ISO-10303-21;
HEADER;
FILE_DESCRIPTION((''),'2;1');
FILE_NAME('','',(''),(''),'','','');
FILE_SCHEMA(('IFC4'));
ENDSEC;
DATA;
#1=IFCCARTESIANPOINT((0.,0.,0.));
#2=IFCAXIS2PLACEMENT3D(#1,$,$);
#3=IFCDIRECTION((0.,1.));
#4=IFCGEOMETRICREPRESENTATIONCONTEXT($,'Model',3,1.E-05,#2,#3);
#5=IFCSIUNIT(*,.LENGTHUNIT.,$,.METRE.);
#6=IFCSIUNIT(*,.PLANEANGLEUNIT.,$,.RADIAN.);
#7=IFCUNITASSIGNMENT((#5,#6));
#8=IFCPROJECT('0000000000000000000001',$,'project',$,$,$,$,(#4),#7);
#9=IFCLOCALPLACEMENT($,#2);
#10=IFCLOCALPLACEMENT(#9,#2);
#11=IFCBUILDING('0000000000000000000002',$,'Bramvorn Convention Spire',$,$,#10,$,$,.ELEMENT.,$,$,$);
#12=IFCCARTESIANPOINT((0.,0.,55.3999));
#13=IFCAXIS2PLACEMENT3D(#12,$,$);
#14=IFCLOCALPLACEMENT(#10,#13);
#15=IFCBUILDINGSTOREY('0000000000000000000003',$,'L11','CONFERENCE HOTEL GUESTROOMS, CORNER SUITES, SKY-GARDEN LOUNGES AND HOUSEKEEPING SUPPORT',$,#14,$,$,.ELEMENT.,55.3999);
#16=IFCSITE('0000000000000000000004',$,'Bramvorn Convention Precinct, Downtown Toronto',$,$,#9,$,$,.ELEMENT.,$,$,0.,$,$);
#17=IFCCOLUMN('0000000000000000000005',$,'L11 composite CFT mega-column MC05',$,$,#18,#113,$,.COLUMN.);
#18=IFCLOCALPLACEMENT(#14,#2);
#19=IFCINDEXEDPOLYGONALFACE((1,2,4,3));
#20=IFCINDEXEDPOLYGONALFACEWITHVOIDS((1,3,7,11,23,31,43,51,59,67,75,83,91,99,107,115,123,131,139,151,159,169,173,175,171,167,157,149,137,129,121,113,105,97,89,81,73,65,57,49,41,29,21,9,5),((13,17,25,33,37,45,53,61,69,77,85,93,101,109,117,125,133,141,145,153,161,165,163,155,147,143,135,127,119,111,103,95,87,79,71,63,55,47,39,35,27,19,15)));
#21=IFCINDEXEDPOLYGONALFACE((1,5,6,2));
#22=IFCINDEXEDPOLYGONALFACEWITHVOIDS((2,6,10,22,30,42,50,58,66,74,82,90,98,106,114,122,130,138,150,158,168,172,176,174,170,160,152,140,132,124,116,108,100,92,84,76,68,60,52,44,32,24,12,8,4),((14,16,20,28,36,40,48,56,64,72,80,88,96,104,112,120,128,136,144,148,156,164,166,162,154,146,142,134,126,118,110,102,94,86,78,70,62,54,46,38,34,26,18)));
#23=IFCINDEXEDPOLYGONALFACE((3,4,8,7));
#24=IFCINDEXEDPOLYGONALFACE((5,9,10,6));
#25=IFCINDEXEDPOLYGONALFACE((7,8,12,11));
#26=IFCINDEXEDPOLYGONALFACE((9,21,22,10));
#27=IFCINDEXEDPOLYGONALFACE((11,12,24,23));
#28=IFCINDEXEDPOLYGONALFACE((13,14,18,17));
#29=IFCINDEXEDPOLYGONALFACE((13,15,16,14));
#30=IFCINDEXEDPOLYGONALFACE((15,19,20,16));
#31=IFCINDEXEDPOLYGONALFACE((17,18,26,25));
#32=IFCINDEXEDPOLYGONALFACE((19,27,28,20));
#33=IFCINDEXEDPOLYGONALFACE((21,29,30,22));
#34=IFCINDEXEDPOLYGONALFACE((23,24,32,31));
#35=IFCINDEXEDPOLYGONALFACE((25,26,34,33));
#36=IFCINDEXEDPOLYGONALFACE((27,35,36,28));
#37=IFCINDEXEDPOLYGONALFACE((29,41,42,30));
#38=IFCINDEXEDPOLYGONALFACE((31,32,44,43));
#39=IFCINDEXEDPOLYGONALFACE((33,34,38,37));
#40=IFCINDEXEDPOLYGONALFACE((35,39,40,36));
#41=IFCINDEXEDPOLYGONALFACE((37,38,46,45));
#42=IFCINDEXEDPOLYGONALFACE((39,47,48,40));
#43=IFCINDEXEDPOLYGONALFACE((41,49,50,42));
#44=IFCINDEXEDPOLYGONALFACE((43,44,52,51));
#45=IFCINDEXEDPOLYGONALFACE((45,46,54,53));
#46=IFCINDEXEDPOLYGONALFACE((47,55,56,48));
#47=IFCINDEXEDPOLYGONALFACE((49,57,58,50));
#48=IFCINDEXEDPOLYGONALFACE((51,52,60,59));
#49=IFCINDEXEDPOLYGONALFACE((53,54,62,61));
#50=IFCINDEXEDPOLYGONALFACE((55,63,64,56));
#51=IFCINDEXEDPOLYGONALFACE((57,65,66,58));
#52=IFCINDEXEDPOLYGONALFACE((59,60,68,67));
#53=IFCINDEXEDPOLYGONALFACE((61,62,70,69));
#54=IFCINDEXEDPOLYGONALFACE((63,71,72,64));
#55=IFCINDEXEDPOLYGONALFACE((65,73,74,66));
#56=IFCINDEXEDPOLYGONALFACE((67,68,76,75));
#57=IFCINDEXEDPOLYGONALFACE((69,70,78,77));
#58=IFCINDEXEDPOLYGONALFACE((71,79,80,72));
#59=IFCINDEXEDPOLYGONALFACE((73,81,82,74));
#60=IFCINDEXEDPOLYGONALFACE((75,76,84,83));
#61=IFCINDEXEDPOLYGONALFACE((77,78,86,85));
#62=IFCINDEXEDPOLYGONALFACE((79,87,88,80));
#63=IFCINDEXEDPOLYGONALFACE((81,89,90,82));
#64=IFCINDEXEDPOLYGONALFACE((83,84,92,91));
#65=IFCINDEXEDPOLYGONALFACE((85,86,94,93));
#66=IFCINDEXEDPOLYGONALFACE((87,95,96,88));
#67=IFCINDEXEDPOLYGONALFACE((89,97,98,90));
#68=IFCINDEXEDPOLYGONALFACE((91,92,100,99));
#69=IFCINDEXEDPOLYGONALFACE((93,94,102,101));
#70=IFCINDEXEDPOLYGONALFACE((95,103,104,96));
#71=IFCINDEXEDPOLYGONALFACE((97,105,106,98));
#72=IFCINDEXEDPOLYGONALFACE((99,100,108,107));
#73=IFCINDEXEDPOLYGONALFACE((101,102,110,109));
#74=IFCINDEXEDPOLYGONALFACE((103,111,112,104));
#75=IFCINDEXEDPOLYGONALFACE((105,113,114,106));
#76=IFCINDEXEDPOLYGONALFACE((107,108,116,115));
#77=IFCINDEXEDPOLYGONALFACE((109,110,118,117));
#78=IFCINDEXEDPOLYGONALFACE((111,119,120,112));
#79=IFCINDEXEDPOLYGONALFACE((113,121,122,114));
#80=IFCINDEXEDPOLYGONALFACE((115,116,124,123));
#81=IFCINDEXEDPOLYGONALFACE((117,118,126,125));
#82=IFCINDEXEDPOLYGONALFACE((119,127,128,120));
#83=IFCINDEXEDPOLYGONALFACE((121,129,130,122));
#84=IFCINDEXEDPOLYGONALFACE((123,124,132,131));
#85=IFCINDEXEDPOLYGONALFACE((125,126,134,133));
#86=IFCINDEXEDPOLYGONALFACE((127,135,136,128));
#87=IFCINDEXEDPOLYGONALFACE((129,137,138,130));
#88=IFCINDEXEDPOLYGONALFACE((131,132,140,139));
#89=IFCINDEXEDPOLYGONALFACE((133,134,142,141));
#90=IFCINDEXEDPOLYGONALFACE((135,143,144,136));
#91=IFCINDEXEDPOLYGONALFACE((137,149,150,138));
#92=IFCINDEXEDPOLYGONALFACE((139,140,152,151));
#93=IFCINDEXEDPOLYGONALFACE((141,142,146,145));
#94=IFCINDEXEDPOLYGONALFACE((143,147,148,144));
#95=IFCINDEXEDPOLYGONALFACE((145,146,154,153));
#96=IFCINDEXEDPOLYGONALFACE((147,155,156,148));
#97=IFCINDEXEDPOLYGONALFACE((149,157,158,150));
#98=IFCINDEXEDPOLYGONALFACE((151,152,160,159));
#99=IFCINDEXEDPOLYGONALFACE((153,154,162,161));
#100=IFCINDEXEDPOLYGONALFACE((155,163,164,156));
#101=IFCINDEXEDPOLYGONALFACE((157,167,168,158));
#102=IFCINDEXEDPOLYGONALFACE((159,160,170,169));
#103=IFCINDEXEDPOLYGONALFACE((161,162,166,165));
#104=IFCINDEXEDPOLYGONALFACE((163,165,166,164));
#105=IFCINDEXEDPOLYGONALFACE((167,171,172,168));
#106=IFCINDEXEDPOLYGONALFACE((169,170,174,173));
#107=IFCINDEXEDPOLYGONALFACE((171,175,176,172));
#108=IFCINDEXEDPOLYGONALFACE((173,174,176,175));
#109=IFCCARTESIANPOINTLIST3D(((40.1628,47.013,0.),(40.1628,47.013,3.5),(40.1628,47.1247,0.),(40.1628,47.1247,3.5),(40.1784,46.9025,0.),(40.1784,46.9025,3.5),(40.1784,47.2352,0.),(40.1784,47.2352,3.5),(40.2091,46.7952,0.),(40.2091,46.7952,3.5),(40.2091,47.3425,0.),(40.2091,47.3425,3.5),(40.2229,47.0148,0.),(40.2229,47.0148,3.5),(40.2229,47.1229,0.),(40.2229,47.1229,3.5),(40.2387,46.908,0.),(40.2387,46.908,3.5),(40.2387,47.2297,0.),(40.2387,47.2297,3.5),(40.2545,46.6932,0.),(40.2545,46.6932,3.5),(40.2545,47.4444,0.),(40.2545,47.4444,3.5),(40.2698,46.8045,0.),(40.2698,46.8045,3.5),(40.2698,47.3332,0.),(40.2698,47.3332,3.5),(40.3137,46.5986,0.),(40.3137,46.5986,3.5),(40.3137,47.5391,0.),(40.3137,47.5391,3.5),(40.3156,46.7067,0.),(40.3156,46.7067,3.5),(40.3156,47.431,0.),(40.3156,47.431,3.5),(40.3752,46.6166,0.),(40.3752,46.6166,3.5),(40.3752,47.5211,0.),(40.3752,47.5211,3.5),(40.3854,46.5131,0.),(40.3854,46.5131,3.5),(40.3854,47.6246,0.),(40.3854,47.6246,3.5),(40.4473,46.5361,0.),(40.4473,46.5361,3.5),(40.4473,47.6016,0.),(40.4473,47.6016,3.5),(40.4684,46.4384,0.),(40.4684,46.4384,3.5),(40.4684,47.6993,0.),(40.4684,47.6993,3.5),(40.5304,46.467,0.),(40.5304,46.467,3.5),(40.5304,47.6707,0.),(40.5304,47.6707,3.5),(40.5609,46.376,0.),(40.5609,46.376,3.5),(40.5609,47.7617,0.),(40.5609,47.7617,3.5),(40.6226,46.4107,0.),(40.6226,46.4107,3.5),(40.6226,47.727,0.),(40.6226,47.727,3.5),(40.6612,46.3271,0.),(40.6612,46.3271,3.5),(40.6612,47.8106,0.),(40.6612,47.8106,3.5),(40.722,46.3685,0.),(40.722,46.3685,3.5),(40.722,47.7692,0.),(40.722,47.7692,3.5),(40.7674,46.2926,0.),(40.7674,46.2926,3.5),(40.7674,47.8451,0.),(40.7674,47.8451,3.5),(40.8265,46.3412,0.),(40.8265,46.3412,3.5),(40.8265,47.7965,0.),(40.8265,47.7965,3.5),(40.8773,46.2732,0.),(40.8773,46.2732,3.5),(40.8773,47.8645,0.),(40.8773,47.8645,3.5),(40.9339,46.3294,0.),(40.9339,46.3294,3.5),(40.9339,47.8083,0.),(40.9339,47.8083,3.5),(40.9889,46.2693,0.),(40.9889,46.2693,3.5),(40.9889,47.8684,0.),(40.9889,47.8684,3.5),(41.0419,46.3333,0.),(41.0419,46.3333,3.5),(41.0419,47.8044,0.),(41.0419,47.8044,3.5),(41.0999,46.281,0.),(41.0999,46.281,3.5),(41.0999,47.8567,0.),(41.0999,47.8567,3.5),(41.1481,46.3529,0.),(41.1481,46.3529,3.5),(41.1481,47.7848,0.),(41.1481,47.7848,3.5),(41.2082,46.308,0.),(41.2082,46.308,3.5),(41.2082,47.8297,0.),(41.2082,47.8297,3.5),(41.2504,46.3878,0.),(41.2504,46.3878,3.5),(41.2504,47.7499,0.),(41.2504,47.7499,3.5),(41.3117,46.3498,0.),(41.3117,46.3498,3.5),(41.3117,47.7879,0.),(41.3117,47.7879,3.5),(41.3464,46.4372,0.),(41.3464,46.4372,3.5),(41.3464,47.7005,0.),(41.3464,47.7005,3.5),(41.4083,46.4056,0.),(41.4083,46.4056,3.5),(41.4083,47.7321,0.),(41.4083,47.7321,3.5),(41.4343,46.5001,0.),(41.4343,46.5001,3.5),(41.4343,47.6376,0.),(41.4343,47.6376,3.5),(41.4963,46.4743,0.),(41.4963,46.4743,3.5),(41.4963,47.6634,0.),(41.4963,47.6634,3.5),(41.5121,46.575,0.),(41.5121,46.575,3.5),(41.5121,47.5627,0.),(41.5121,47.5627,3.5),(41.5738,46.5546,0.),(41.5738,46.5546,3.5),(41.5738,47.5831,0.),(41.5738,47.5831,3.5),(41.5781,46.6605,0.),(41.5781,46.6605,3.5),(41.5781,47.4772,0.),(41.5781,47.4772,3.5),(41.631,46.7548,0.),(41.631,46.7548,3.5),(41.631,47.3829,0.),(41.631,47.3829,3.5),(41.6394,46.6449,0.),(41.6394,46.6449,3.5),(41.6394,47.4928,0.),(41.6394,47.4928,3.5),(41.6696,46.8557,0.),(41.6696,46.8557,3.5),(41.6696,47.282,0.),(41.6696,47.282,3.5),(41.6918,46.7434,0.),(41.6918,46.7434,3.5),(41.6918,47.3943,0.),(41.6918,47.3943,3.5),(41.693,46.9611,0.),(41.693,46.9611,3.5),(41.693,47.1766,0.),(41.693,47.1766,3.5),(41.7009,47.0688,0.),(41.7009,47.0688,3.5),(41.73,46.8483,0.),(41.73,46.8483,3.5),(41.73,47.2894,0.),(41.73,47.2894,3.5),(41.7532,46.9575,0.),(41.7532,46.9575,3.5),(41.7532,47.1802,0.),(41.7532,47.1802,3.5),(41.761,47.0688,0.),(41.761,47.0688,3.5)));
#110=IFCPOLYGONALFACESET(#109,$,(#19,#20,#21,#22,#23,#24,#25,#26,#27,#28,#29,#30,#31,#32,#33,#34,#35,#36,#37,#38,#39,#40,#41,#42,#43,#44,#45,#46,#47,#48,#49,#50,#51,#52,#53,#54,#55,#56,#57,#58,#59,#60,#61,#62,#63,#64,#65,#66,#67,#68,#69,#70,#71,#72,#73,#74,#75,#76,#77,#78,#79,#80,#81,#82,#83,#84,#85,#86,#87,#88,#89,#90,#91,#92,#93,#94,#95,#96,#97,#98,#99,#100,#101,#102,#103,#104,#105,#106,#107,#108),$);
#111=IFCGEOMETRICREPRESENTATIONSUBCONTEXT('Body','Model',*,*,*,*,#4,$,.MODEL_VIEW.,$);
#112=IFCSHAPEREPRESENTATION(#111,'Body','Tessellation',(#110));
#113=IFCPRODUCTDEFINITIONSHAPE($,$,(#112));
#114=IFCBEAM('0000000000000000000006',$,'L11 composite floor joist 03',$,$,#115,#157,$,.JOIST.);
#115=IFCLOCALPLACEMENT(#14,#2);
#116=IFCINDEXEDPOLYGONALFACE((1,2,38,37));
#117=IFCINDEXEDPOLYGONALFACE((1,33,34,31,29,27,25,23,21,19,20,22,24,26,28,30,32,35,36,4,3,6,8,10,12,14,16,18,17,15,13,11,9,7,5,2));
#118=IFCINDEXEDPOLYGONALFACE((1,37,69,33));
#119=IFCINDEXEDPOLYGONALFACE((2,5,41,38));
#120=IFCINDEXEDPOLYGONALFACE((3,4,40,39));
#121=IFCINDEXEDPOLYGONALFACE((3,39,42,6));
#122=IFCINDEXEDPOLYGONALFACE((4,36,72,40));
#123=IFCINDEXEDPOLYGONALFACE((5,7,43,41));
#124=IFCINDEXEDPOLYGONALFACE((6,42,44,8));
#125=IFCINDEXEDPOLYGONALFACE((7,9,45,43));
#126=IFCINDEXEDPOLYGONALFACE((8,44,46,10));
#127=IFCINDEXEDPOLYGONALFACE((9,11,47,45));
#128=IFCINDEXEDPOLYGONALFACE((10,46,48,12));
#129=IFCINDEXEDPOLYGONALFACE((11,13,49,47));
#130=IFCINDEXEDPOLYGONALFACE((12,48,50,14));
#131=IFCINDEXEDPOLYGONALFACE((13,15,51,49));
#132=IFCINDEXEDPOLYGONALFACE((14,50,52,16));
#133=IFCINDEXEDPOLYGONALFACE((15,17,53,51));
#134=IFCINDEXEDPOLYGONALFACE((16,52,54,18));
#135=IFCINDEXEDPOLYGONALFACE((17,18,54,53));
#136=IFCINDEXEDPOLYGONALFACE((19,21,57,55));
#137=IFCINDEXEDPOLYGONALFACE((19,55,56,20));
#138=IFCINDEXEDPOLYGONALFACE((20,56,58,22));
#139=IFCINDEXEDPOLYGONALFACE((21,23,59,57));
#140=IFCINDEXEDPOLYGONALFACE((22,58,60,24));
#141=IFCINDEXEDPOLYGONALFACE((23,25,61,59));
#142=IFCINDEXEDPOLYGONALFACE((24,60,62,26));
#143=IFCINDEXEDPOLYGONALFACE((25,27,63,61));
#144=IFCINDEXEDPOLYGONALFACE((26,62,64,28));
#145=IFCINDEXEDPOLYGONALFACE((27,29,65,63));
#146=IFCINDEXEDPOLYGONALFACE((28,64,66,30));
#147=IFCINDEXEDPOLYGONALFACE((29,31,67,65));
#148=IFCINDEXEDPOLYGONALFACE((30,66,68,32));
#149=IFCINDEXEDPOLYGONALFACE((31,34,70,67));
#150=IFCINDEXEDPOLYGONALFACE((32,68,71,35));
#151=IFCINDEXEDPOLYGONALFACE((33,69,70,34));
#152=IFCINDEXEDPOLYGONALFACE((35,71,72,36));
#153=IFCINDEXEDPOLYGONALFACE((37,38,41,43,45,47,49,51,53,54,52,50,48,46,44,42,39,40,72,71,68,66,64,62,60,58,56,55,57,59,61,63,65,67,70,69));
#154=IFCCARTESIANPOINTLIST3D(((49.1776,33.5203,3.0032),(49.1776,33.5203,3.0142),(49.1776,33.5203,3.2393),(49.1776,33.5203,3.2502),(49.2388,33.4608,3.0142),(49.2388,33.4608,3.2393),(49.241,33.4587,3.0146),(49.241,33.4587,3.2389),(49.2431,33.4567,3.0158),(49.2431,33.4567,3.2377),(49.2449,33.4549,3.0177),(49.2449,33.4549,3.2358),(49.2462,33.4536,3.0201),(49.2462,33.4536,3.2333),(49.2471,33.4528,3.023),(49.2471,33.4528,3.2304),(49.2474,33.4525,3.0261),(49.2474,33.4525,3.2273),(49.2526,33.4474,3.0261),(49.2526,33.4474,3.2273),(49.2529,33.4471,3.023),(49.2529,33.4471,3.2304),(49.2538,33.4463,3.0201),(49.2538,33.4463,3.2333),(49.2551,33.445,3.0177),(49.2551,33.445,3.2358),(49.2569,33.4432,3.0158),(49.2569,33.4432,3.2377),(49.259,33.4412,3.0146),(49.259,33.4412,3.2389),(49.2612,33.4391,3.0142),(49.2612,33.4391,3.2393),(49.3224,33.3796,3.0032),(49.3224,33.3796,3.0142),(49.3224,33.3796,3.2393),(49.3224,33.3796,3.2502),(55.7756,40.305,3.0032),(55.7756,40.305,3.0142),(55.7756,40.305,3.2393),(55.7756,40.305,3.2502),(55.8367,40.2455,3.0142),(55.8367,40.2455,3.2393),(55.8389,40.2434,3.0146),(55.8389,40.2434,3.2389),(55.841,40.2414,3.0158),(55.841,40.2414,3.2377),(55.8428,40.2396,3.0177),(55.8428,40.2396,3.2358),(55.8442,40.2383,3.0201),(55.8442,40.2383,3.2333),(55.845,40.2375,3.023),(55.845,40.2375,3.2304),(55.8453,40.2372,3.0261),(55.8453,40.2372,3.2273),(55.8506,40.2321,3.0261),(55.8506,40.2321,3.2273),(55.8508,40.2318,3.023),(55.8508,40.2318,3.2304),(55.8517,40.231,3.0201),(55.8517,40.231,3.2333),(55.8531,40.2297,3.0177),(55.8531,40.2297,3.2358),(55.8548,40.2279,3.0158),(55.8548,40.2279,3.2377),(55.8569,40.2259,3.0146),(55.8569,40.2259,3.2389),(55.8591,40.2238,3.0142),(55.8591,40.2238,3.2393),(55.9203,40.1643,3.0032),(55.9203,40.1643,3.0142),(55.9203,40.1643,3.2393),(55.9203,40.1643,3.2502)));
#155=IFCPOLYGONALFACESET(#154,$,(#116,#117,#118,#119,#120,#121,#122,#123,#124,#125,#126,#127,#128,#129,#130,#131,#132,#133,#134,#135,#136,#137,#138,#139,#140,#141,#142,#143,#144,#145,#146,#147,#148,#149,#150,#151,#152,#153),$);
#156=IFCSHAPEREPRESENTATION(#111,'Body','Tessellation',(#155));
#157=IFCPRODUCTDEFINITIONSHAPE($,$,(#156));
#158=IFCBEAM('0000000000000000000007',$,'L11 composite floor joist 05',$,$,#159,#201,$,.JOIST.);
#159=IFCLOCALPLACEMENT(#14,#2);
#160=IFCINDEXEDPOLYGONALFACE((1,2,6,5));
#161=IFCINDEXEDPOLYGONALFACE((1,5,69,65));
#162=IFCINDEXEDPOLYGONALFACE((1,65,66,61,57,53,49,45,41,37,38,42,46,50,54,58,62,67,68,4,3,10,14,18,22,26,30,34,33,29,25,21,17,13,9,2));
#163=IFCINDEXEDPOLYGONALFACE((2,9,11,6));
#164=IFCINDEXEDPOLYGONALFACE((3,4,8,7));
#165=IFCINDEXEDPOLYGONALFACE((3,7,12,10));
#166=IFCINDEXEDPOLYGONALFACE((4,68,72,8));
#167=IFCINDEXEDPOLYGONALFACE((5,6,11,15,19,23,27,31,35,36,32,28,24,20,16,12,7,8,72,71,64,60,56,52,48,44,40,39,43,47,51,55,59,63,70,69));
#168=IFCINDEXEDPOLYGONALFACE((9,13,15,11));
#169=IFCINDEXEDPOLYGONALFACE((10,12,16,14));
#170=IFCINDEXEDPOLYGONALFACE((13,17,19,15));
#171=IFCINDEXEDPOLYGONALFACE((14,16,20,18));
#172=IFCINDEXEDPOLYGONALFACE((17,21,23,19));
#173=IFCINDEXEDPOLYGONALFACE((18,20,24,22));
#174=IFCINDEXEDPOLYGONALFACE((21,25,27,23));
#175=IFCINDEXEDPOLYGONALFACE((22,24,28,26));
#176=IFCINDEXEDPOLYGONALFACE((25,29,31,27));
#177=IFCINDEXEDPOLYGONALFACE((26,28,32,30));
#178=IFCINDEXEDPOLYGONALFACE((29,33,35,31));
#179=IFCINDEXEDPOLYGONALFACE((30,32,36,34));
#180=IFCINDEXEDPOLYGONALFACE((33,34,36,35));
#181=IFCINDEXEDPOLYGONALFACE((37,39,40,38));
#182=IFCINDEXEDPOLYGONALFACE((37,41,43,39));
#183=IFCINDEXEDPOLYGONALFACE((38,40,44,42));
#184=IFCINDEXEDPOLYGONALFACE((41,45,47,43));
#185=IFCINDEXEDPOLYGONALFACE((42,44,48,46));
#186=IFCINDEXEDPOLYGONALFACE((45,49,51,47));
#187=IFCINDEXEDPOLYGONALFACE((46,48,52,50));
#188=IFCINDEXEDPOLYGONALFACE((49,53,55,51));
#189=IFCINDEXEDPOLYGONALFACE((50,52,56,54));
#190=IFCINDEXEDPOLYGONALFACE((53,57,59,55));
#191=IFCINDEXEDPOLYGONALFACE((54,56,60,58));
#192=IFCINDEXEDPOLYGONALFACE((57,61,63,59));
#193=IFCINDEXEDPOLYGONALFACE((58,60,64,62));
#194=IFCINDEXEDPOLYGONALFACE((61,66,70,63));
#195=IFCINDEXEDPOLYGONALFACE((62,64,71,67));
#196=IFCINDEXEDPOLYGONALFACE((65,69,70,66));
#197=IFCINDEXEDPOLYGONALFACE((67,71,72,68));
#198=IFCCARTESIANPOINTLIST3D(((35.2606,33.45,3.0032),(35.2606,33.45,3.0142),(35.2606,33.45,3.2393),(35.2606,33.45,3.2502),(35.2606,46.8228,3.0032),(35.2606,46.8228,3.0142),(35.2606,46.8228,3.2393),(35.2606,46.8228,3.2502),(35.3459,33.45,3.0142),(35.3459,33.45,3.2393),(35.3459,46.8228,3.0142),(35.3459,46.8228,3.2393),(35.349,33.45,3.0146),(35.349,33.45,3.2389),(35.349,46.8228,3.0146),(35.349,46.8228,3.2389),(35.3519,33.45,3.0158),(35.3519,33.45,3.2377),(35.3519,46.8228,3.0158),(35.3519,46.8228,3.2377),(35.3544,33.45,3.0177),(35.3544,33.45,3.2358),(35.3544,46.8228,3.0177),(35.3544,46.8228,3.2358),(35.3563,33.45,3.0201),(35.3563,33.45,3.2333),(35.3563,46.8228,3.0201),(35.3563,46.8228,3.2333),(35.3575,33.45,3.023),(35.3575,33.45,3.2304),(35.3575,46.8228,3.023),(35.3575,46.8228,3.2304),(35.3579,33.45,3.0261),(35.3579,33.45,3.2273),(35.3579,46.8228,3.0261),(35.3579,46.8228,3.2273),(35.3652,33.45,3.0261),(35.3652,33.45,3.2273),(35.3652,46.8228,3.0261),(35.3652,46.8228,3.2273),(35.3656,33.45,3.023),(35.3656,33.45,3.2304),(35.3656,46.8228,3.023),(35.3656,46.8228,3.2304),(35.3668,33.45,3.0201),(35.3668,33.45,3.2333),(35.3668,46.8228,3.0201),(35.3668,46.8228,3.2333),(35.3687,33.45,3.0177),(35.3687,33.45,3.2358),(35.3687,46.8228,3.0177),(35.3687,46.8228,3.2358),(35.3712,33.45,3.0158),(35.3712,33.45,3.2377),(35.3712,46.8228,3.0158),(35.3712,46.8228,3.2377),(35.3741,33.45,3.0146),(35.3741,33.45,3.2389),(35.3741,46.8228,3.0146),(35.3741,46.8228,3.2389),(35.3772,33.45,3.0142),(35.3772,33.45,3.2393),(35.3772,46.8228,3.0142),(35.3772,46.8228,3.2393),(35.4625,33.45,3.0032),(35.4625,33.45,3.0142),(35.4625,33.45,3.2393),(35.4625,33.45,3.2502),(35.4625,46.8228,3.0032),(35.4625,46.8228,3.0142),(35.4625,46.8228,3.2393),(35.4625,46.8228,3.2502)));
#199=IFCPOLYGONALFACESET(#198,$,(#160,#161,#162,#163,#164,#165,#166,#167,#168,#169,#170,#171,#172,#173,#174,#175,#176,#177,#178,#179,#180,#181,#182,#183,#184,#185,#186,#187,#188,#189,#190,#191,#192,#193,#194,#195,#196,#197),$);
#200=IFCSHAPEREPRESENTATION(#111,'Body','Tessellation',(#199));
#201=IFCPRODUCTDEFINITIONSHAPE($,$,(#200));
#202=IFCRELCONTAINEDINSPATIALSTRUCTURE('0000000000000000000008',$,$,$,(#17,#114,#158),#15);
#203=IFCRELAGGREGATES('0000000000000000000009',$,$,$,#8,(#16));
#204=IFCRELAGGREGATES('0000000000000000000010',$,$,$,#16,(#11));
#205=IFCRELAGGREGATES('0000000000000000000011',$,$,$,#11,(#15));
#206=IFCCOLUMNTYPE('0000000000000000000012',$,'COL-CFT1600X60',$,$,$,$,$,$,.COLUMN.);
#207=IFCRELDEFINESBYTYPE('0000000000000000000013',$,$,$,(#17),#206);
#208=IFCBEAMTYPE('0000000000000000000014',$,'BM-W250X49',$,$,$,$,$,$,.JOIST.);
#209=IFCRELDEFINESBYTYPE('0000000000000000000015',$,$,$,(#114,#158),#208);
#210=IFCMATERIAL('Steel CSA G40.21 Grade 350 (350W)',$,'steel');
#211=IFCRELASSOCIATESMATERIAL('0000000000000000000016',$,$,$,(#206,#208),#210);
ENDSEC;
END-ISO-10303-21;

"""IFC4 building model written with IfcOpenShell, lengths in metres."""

from ifc_helpers import new_model, si_unit, direction, frame, origin, origin_2d, place, context, subcontext, project, spatial, hollow_circle, i_section, extrude, material, material_profile, profile_set, type_object, element, save


model = new_model("IFC4")

# Units and contexts
model_context = context("Model", 3, precision=1e-05, world=origin(), true_north=direction((0.0, 1.0)))
body_context = subcontext(model_context, "Body", "Model", "MODEL_VIEW")
ifc_project = project(units=[si_unit("LENGTHUNIT", "METRE"), si_unit("PLANEANGLEUNIT", "RADIAN")], contexts=[model_context])

# Site, building, storey
site_placement = place(None, origin())
site = spatial("IfcSite", under=ifc_project, at=site_placement, Name="Bramvorn Convention Precinct, Downtown Toronto", CompositionType="ELEMENT", RefElevation=0.0)
building_placement = place(site_placement, origin())
building = spatial("IfcBuilding", under=site, at=building_placement, Name="Bramvorn Convention Spire", CompositionType="ELEMENT")
storey_placement = place(building_placement, frame((0.0, 0.0, 55.3999)))
storey = spatial("IfcBuildingStorey", under=building, at=storey_placement, Name="L11", Description="CONFERENCE HOTEL GUESTROOMS, CORNER SUITES, SKY-GARDEN LOUNGES AND HOUSEKEEPING SUPPORT", CompositionType="ELEMENT", Elevation=55.3999)

# Column
ifc_material_1 = material(Name="Steel CSA G40.21 Grade 350 (350W)", Category="steel")
ifc_material_profile_1 = material_profile(ifc_material_1, hollow_circle(Radius=0.8, WallThickness=0.0601, at=origin_2d()))
ifc_profile_set_1 = profile_set([ifc_material_profile_1], Name="Steel CSA G40.21 Grade 350 (350W) - CFT1600X60")
column_type = type_object("IfcColumnType", Name="COL-CFT1600X60", PredefinedType="COLUMN", material=ifc_profile_set_1)
column_placement = place(storey_placement, frame((40.9609, 47.0688, 0.0), z_axis=(0.0, 0.0, 1.0), x_axis=(1.0, 0.0, 0.0)))
element("IfcColumn", 1, at=column_placement, inside=storey, type_object=column_type, Name="L11 composite CFT mega-column MC05", PredefinedType="COLUMN", context=body_context, shape_type="SweptSolid", body=[
    extrude(hollow_circle(Radius=0.8, WallThickness=0.0601, at=origin_2d()), origin(), (0.0, 0.0, 1.0), 3.5),
])

# Beams
ifc_material_profile_2 = material_profile(ifc_material_1, i_section(OverallWidth=0.2019, OverallDepth=0.2471, WebThickness=0.0073, FlangeThickness=0.011, FilletRadius=0.012, at=origin_2d()))
ifc_profile_set_2 = profile_set([ifc_material_profile_2], Name="Steel CSA G40.21 Grade 350 (350W) - W250X49")
beam_type_1 = type_object("IfcBeamType", Name="BM-W250X49", PredefinedType="JOIST", material=ifc_profile_set_2)
beam_1_placement = place(storey_placement, frame((49.25, 33.45, 3.1267), z_axis=(0.69717, 0.716905, 0.0), x_axis=(-0.716905, 0.69717, 0.0)))
element("IfcBeam", 2, at=beam_1_placement, inside=storey, type_object=beam_type_1, Name="L11 composite floor joist 03", PredefinedType="JOIST", context=body_context, shape_type="SweptSolid", body=[
    extrude(i_section(OverallWidth=0.2019, OverallDepth=0.2471, WebThickness=0.0073, FlangeThickness=0.011, FilletRadius=0.012, at=origin_2d()), origin(), (0.0, 0.0, 1.0), 9.4639),
])
beam_2_placement = place(storey_placement, frame((35.3616, 33.45, 3.1267), z_axis=(0.0, 1.0, 0.0), x_axis=(-1.0, 0.0, 0.0)))
element("IfcBeam", 3, at=beam_2_placement, inside=storey, type_object=beam_type_1, Name="L11 composite floor joist 05", PredefinedType="JOIST", context=body_context, shape_type="SweptSolid", body=[
    extrude(i_section(OverallWidth=0.2019, OverallDepth=0.2471, WebThickness=0.0073, FlangeThickness=0.011, FilletRadius=0.012, at=origin_2d()), origin(), (0.0, 0.0, 1.0), 13.3728),
])

save(model, "model.ifc")
